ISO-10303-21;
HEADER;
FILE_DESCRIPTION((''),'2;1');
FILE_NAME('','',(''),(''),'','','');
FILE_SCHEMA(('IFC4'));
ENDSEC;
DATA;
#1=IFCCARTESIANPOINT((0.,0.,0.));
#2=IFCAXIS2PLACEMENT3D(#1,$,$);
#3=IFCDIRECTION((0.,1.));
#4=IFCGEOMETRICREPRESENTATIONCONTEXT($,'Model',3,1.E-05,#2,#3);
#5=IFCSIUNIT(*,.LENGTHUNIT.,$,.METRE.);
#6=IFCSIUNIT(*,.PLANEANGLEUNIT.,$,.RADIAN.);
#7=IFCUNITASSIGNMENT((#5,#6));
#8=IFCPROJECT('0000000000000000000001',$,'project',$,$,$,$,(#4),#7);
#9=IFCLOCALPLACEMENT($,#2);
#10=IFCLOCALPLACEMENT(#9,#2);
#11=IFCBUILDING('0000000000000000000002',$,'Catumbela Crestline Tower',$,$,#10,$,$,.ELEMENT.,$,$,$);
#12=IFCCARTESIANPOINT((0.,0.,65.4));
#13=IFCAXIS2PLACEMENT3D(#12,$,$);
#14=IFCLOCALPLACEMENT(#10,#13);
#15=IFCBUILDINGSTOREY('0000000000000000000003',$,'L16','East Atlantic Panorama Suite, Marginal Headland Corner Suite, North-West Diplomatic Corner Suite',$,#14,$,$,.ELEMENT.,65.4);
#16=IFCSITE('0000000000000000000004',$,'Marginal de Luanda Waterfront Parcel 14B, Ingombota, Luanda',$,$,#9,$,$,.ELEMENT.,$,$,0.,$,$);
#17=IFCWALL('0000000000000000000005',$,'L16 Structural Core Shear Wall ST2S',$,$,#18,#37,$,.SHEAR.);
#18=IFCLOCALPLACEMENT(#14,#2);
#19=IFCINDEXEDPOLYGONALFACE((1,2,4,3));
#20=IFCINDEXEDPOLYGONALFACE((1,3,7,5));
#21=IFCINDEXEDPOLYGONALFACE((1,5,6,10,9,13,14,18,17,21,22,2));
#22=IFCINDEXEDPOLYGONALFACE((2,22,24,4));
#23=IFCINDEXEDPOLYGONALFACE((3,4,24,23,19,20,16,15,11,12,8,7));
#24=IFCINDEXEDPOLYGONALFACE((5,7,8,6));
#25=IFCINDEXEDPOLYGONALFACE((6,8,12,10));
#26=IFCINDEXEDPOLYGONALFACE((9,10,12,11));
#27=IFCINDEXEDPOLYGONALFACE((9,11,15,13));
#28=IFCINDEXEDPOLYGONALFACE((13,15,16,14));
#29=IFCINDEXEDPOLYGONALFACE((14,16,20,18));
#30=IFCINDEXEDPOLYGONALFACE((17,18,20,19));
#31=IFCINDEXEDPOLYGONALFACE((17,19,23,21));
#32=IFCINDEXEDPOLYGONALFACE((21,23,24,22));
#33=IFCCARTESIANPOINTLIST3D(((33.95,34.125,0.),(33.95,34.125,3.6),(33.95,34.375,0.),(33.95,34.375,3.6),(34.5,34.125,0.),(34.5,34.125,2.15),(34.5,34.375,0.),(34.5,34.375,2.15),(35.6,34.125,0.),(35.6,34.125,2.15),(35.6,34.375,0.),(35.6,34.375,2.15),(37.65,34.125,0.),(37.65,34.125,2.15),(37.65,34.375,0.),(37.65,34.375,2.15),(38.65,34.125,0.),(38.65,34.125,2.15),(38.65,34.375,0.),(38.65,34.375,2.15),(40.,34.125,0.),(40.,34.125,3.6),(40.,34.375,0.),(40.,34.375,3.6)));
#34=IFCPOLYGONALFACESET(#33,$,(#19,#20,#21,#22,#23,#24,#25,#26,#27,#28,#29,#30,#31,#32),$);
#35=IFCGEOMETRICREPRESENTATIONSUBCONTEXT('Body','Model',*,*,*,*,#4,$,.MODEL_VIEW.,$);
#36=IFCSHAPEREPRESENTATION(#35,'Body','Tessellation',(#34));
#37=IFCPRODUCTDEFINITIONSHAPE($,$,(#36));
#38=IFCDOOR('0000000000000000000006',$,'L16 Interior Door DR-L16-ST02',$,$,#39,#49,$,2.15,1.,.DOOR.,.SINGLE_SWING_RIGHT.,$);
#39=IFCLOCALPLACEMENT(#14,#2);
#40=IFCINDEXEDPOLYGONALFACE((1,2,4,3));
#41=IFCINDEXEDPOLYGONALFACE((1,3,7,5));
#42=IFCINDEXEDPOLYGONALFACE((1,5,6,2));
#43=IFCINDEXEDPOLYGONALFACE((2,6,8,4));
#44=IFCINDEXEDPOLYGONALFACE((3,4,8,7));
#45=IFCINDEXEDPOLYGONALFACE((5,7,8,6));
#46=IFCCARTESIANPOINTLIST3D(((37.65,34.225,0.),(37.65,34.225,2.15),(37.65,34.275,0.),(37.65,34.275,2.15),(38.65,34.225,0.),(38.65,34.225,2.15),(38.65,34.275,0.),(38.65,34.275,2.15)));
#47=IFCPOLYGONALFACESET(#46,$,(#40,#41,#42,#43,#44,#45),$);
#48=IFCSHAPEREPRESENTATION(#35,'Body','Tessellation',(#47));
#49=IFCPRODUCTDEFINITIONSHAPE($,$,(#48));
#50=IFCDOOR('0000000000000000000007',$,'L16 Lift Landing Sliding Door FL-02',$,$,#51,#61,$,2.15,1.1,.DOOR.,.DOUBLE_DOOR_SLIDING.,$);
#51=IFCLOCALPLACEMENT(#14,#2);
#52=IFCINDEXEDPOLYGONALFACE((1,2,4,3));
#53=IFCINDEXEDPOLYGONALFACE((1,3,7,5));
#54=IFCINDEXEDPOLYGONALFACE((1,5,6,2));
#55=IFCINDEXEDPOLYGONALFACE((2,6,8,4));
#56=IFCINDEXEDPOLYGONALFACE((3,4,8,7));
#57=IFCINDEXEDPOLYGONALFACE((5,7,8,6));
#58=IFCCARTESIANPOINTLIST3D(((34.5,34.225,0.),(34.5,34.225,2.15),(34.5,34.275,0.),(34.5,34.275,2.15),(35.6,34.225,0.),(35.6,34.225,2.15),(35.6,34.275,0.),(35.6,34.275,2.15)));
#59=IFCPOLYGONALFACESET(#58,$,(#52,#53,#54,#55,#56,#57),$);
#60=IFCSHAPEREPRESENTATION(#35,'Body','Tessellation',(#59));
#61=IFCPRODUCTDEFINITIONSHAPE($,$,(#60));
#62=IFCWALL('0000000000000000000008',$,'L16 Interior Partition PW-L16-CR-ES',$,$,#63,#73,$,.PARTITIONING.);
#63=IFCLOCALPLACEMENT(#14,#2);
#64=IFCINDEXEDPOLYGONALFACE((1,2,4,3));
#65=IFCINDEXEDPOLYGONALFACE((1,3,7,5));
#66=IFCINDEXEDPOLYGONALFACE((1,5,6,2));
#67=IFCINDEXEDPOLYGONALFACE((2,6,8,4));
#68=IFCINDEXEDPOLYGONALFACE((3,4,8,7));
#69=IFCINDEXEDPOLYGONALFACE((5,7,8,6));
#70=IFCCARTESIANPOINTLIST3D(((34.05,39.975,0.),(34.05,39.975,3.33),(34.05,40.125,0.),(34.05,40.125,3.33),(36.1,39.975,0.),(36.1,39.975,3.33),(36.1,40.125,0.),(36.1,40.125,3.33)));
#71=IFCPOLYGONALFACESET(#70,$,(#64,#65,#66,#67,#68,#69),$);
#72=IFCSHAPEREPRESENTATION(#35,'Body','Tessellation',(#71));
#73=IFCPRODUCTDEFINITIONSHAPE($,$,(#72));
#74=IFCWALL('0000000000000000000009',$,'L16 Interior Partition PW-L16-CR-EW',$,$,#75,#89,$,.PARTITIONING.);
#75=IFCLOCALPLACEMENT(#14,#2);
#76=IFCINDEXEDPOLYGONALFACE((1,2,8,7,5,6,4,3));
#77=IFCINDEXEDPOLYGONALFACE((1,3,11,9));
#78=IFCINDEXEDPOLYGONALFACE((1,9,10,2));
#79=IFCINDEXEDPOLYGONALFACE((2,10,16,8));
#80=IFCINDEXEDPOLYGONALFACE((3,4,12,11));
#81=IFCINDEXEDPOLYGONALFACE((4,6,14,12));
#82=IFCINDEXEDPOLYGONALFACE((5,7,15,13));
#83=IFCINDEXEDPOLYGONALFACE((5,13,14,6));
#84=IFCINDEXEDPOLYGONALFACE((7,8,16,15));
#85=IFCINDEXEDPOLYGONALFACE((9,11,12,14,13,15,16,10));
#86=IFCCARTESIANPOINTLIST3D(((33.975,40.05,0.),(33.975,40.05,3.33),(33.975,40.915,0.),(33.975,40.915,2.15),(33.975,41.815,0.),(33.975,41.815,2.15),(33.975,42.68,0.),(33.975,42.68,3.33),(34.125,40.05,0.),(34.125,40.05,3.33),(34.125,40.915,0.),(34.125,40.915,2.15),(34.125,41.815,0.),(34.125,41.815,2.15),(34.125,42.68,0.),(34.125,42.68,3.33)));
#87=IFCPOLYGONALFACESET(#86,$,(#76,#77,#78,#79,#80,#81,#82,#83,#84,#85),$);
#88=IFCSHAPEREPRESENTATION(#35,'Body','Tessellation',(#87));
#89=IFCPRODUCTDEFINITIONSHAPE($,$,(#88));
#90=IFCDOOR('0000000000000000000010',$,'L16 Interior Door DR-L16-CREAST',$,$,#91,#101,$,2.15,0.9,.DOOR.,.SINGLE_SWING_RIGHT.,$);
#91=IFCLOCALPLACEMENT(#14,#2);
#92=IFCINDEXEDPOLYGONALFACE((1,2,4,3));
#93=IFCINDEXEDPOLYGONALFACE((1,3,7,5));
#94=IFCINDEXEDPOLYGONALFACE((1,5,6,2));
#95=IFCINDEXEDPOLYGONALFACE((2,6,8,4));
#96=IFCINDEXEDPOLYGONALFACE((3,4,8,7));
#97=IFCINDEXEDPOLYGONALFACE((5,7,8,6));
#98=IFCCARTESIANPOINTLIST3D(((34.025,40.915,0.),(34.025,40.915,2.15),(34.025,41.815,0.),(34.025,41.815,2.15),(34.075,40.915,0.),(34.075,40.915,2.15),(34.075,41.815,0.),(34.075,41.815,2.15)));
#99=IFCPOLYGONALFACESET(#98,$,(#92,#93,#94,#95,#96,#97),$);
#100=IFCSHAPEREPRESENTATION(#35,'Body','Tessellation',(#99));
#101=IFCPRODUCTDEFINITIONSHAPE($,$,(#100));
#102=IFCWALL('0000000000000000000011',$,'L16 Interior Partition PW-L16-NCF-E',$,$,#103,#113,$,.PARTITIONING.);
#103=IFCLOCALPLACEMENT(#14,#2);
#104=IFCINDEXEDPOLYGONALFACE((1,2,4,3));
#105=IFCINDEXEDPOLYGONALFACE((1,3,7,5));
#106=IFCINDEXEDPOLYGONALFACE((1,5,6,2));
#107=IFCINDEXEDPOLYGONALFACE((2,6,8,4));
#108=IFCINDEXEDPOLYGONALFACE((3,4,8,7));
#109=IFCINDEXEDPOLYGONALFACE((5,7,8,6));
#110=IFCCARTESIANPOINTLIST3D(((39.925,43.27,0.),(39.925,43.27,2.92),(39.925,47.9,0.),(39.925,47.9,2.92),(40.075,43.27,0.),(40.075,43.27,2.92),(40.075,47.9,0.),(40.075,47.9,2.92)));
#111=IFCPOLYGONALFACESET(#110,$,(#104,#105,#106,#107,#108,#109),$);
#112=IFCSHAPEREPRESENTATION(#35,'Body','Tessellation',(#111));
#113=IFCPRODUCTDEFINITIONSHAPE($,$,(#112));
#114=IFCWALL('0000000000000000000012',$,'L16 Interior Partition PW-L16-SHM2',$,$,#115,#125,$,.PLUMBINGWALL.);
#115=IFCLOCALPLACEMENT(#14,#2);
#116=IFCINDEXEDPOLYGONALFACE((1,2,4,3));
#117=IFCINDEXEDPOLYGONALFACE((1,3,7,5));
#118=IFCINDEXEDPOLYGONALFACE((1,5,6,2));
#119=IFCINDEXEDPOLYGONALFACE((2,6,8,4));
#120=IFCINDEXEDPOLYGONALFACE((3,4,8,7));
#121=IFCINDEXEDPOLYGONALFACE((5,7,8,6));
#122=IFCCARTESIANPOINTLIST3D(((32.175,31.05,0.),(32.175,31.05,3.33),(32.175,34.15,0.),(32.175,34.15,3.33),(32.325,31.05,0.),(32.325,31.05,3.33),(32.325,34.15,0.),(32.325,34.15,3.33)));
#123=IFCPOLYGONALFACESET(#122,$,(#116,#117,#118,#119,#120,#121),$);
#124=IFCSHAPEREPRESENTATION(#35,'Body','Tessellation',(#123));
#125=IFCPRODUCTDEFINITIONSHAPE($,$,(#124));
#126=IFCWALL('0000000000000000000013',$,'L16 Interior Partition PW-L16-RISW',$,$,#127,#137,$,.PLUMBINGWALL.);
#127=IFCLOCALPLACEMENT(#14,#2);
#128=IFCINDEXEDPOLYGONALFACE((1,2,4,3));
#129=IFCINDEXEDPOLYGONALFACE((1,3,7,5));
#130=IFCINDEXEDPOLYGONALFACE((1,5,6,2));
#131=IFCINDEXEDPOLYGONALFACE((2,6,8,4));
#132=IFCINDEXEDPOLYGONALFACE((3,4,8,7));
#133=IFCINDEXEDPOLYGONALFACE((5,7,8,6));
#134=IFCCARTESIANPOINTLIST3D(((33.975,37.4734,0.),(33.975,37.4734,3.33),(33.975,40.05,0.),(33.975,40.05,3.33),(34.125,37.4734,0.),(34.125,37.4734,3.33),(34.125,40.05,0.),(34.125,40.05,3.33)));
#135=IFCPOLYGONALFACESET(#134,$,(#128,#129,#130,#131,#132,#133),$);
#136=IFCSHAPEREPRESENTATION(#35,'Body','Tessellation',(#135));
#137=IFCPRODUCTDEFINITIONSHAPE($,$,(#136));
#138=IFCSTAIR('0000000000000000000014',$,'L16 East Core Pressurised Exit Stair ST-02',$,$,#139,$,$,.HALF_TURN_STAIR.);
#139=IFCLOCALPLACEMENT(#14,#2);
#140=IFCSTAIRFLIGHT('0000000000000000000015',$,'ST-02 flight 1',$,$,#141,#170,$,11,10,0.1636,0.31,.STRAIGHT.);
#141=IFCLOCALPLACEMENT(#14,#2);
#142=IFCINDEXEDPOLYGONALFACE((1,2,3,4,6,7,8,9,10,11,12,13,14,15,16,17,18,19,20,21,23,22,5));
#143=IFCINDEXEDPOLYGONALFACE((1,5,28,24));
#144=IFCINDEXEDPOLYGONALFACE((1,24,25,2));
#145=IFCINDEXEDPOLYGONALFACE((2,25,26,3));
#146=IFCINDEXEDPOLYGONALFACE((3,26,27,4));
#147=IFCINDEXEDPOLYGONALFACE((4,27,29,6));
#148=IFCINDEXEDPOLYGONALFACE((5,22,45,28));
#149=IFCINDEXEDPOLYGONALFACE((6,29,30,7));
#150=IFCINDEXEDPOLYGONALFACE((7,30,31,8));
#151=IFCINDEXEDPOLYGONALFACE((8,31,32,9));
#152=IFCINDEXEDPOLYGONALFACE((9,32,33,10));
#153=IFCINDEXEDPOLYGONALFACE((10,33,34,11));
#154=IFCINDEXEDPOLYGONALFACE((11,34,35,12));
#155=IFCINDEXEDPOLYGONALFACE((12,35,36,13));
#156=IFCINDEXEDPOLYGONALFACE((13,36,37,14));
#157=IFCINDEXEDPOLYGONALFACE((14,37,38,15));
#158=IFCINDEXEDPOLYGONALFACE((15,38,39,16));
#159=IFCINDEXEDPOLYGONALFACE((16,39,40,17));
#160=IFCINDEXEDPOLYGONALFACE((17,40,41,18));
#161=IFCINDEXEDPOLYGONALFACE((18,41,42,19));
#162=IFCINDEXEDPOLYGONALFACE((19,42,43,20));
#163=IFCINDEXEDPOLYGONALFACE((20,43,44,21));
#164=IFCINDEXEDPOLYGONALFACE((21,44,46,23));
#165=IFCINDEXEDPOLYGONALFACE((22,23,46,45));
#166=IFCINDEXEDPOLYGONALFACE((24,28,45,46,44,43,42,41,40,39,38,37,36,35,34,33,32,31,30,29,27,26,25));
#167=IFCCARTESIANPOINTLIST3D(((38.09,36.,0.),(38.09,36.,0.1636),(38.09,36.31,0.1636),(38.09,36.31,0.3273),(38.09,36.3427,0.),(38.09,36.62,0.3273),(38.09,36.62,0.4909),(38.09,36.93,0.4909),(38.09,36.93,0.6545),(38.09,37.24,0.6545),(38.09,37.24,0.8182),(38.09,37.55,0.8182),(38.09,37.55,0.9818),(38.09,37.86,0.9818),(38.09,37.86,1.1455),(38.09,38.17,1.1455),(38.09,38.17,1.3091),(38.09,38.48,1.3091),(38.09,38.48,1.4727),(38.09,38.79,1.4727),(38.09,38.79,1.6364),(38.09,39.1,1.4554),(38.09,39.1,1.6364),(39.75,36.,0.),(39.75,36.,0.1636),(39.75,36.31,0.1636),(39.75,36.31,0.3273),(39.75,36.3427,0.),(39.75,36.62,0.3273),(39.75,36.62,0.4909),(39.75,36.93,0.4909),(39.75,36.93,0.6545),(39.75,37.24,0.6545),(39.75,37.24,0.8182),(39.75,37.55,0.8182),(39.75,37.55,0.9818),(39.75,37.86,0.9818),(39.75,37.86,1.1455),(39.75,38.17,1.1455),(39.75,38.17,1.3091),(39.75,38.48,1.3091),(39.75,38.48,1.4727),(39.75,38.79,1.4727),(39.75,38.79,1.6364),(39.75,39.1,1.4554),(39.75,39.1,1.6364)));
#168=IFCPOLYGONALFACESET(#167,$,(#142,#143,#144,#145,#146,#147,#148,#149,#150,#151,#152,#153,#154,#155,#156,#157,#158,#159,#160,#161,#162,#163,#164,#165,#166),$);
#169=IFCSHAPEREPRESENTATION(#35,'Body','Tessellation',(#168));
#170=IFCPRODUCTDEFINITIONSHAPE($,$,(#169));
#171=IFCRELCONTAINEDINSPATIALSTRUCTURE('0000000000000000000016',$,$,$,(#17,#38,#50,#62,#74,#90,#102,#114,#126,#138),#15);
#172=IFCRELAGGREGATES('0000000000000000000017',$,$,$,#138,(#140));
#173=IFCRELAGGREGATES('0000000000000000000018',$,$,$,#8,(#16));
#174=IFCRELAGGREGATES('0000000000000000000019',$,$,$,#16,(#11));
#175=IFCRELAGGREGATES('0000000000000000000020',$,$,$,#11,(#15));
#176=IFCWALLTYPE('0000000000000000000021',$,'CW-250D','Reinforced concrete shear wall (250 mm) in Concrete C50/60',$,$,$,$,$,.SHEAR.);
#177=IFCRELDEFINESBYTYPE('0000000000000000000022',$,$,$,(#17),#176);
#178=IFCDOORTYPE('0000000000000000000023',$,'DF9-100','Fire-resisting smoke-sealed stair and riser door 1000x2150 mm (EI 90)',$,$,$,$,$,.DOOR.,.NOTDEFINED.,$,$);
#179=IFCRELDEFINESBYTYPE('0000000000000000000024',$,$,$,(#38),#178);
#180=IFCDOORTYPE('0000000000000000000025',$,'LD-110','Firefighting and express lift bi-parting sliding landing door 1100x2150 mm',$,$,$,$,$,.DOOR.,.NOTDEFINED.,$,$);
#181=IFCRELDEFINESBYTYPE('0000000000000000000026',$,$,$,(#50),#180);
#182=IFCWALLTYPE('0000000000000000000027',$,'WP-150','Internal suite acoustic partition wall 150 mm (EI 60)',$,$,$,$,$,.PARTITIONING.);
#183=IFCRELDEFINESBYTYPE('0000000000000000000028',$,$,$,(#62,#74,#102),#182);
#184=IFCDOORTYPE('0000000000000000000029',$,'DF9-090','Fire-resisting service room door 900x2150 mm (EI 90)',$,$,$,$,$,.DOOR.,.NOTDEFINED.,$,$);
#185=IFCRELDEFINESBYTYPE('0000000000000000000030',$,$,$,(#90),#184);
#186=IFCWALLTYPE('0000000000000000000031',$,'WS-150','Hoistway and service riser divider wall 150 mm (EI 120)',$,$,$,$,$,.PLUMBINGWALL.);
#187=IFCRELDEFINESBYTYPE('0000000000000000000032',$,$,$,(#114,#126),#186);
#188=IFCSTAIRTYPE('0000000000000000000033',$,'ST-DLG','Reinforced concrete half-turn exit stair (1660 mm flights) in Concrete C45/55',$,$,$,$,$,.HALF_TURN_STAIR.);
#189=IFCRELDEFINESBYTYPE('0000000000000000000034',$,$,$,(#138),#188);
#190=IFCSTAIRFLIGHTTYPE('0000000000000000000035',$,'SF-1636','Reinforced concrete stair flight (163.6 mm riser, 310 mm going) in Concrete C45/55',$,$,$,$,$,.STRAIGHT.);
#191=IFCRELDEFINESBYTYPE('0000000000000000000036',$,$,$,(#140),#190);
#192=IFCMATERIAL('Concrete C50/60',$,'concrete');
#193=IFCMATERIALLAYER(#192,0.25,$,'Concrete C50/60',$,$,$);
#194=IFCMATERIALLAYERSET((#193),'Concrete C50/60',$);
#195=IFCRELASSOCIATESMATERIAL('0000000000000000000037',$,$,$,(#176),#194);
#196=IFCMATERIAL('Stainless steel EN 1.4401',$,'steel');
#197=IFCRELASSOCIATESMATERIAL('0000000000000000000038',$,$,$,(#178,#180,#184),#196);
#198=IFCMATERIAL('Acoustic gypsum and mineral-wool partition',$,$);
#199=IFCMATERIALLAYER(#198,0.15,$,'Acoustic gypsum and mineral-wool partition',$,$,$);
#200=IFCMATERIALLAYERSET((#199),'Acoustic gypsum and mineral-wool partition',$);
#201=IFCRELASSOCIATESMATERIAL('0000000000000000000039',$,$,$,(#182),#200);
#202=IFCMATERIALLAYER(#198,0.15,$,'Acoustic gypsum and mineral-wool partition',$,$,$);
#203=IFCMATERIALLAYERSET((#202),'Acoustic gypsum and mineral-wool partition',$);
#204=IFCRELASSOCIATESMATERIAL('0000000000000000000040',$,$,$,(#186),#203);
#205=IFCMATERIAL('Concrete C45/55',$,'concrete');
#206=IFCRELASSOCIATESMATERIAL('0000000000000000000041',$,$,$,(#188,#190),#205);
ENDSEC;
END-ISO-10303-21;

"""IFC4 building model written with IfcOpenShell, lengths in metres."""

from ifc_helpers import new_model, si_unit, direction, frame, frame_2d, origin, place, context, subcontext, project, spatial, polyline, rectangle, outline, extrude, material, layer, layer_set, type_object, element, fill, aggregate, save


model = new_model("IFC4")

# Units and contexts
model_context = context("Model", 3, precision=1e-05, world=origin(), true_north=direction((0.0, 1.0)))
body_context = subcontext(model_context, "Body", "Model", "MODEL_VIEW")
ifc_project = project(units=[si_unit("LENGTHUNIT", "METRE"), si_unit("PLANEANGLEUNIT", "RADIAN")], contexts=[model_context])

# Site, building, storey
site_placement = place(None, origin())
site = spatial("IfcSite", under=ifc_project, at=site_placement, Name="Marginal de Luanda Waterfront Parcel 14B, Ingombota, Luanda", CompositionType="ELEMENT", RefElevation=0.0)
building_placement = place(site_placement, origin())
building = spatial("IfcBuilding", under=site, at=building_placement, Name="Catumbela Crestline Tower", CompositionType="ELEMENT")
storey_placement = place(building_placement, frame((0.0, 0.0, 65.4)))
storey = spatial("IfcBuildingStorey", under=building, at=storey_placement, Name="L16", Description="East Atlantic Panorama Suite, Marginal Headland Corner Suite, North-West Diplomatic Corner Suite", CompositionType="ELEMENT", Elevation=65.4)

# Shared definitions
ifc_material_1 = material(Name="Concrete C50/60", Category="concrete")
ifc_layer_1 = layer(ifc_material_1, 0.25, Name="Concrete C50/60")
ifc_layer_set_1 = layer_set([ifc_layer_1], Name="Concrete C50/60")
wall_type_1 = type_object("IfcWallType", Name="CW-250D", Description="Reinforced concrete shear wall (250 mm) in Concrete C50/60", PredefinedType="SHEAR", material=ifc_layer_set_1)

# Wall, openings, doors
wall_1_placement = place(storey_placement, frame((33.95, 34.25, 0.0), z_axis=(0.0, 0.0, 1.0), x_axis=(1.0, 0.0, 0.0)))
wall_1 = element("IfcWall", 1, at=wall_1_placement, inside=storey, type_object=wall_type_1, Name="L16 Structural Core Shear Wall ST2S", PredefinedType="SHEAR", context=body_context, shape_type="SweptSolid", body=[
    extrude(rectangle(XDim=6.05, YDim=0.25, at=frame_2d((3.025, 0.0))), origin(), (0.0, 0.0, 1.0), 3.6),
])
opening_1_placement = place(wall_1_placement, frame((3.7, 0.0, 0.0)))
opening_1 = element("IfcOpeningElement", 2, at=opening_1_placement, cuts=wall_1, PredefinedType="OPENING", context=body_context, shape_type="SweptSolid", body=[
    extrude(rectangle(XDim=1.0, YDim=2.15, at=frame_2d((0.5, 1.075))), frame((0.0, 0.135, 0.0), z_axis=(0.0, -1.0, 0.0), x_axis=(1.0, 0.0, 0.0)), (0.0, 0.0, 1.0), 0.27),
])
opening_2_placement = place(wall_1_placement, frame((0.55, 0.0, 0.0)))
opening_2 = element("IfcOpeningElement", 3, at=opening_2_placement, cuts=wall_1, PredefinedType="OPENING", context=body_context, shape_type="SweptSolid", body=[
    extrude(rectangle(XDim=1.1, YDim=2.15, at=frame_2d((0.55, 1.075))), frame((0.0, 0.135, 0.0), z_axis=(0.0, -1.0, 0.0), x_axis=(1.0, 0.0, 0.0)), (0.0, 0.0, 1.0), 0.27),
])
ifc_material_2 = material(Name="Stainless steel EN 1.4401", Category="steel")
door_type_1 = type_object("IfcDoorType", Name="DF9-100", Description="Fire-resisting smoke-sealed stair and riser door 1000x2150 mm (EI 90)", OperationType="NOTDEFINED", PredefinedType="DOOR", material=ifc_material_2)
door_1_placement = place(opening_1_placement, origin())
door_1 = element("IfcDoor", 4, at=door_1_placement, inside=storey, type_object=door_type_1, Name="L16 Interior Door DR-L16-ST02", OperationType="SINGLE_SWING_RIGHT", OverallHeight=2.15, OverallWidth=1.0, PredefinedType="DOOR", context=body_context, shape_type="SweptSolid", body=[
    extrude(rectangle(XDim=1.0, YDim=2.15, at=frame_2d((0.5, 1.075))), frame((0.0, 0.025, 0.0), z_axis=(0.0, -1.0, 0.0), x_axis=(1.0, 0.0, 0.0)), (0.0, 0.0, 1.0), 0.05),
])
fill(opening_1, door_1)
door_type_2 = type_object("IfcDoorType", Name="LD-110", Description="Firefighting and express lift bi-parting sliding landing door 1100x2150 mm", OperationType="NOTDEFINED", PredefinedType="DOOR", material=ifc_material_2)
door_2_placement = place(opening_2_placement, origin())
door_2 = element("IfcDoor", 5, at=door_2_placement, inside=storey, type_object=door_type_2, Name="L16 Lift Landing Sliding Door FL-02", OperationType="DOUBLE_DOOR_SLIDING", OverallHeight=2.15, OverallWidth=1.1, PredefinedType="DOOR", context=body_context, shape_type="SweptSolid", body=[
    extrude(rectangle(XDim=1.1, YDim=2.15, at=frame_2d((0.55, 1.075))), frame((0.0, 0.025, 0.0), z_axis=(0.0, -1.0, 0.0), x_axis=(1.0, 0.0, 0.0)), (0.0, 0.0, 1.0), 0.05),
])
fill(opening_2, door_2)

# Wall
ifc_material_3 = material(Name="Acoustic gypsum and mineral-wool partition")
ifc_layer_2 = layer(ifc_material_3, 0.15, Name="Acoustic gypsum and mineral-wool partition")
ifc_layer_set_2 = layer_set([ifc_layer_2], Name="Acoustic gypsum and mineral-wool partition")
wall_type_2 = type_object("IfcWallType", Name="WP-150", Description="Internal suite acoustic partition wall 150 mm (EI 60)", PredefinedType="PARTITIONING", material=ifc_layer_set_2)
wall_2_placement = place(storey_placement, frame((34.05, 40.05, 0.0), z_axis=(0.0, 0.0, 1.0), x_axis=(1.0, 0.0, 0.0)))
element("IfcWall", 6, at=wall_2_placement, inside=storey, type_object=wall_type_2, Name="L16 Interior Partition PW-L16-CR-ES", PredefinedType="PARTITIONING", context=body_context, shape_type="SweptSolid", body=[
    extrude(rectangle(XDim=2.05, YDim=0.15, at=frame_2d((1.025, 0.0))), origin(), (0.0, 0.0, 1.0), 3.33),
])

# Wall, opening, door
wall_3_placement = place(storey_placement, frame((34.05, 40.05, 0.0), z_axis=(0.0, 0.0, 1.0), x_axis=(0.0, 1.0, 0.0)))
wall_3 = element("IfcWall", 7, at=wall_3_placement, inside=storey, type_object=wall_type_2, Name="L16 Interior Partition PW-L16-CR-EW", PredefinedType="PARTITIONING", context=body_context, shape_type="SweptSolid", body=[
    extrude(rectangle(XDim=2.63, YDim=0.15, at=frame_2d((1.315, 0.0))), origin(), (0.0, 0.0, 1.0), 3.33),
])
opening_3_placement = place(wall_3_placement, frame((0.865, 0.0, 0.0)))
opening_3 = element("IfcOpeningElement", 8, at=opening_3_placement, cuts=wall_3, PredefinedType="OPENING", context=body_context, shape_type="SweptSolid", body=[
    extrude(rectangle(XDim=0.9, YDim=2.15, at=frame_2d((0.45, 1.075))), frame((0.0, 0.085, 0.0), z_axis=(0.0, -1.0, 0.0), x_axis=(1.0, 0.0, 0.0)), (0.0, 0.0, 1.0), 0.17),
])
door_type_3 = type_object("IfcDoorType", Name="DF9-090", Description="Fire-resisting service room door 900x2150 mm (EI 90)", OperationType="NOTDEFINED", PredefinedType="DOOR", material=ifc_material_2)
door_3_placement = place(opening_3_placement, origin())
door_3 = element("IfcDoor", 9, at=door_3_placement, inside=storey, type_object=door_type_3, Name="L16 Interior Door DR-L16-CREAST", OperationType="SINGLE_SWING_RIGHT", OverallHeight=2.15, OverallWidth=0.9, PredefinedType="DOOR", context=body_context, shape_type="SweptSolid", body=[
    extrude(rectangle(XDim=0.9, YDim=2.15, at=frame_2d((0.45, 1.075))), frame((0.0, 0.025, 0.0), z_axis=(0.0, -1.0, 0.0), x_axis=(1.0, 0.0, 0.0)), (0.0, 0.0, 1.0), 0.05),
])
fill(opening_3, door_3)

# Walls
wall_4_placement = place(storey_placement, frame((40.0, 43.27, 0.0), z_axis=(0.0, 0.0, 1.0), x_axis=(0.0, 1.0, 0.0)))
element("IfcWall", 10, at=wall_4_placement, inside=storey, type_object=wall_type_2, Name="L16 Interior Partition PW-L16-NCF-E", PredefinedType="PARTITIONING", context=body_context, shape_type="SweptSolid", body=[
    extrude(rectangle(XDim=4.63, YDim=0.15, at=frame_2d((2.315, 0.0))), origin(), (0.0, 0.0, 1.0), 2.92),
])
ifc_layer_3 = layer(ifc_material_3, 0.15, Name="Acoustic gypsum and mineral-wool partition")
ifc_layer_set_3 = layer_set([ifc_layer_3], Name="Acoustic gypsum and mineral-wool partition")
wall_type_3 = type_object("IfcWallType", Name="WS-150", Description="Hoistway and service riser divider wall 150 mm (EI 120)", PredefinedType="PLUMBINGWALL", material=ifc_layer_set_3)
wall_5_placement = place(storey_placement, frame((32.25, 31.05, 0.0), z_axis=(0.0, 0.0, 1.0), x_axis=(0.0, 1.0, 0.0)))
element("IfcWall", 11, at=wall_5_placement, inside=storey, type_object=wall_type_3, Name="L16 Interior Partition PW-L16-SHM2", PredefinedType="PLUMBINGWALL", context=body_context, shape_type="SweptSolid", body=[
    extrude(rectangle(XDim=3.1, YDim=0.15, at=frame_2d((1.55, 0.0))), origin(), (0.0, 0.0, 1.0), 3.33),
])
wall_6_placement = place(storey_placement, frame((34.05, 37.4734, 0.0), z_axis=(0.0, 0.0, 1.0), x_axis=(0.0, 1.0, 0.0)))
element("IfcWall", 12, at=wall_6_placement, inside=storey, type_object=wall_type_3, Name="L16 Interior Partition PW-L16-RISW", PredefinedType="PLUMBINGWALL", context=body_context, shape_type="SweptSolid", body=[
    extrude(rectangle(XDim=2.5766, YDim=0.15, at=frame_2d((1.2883, 0.0))), origin(), (0.0, 0.0, 1.0), 3.33),
])

# Stair, stair flight
ifc_material_4 = material(Name="Concrete C45/55", Category="concrete")
stair_type = type_object("IfcStairType", Name="ST-DLG", Description="Reinforced concrete half-turn exit stair (1660 mm flights) in Concrete C45/55", PredefinedType="HALF_TURN_STAIR", material=ifc_material_4)
stair_placement = place(storey_placement, origin())
stair = element("IfcStair", 13, at=stair_placement, inside=storey, type_object=stair_type, Name="L16 East Core Pressurised Exit Stair ST-02", PredefinedType="HALF_TURN_STAIR")
stair_flight_type = type_object("IfcStairFlightType", Name="SF-1636", Description="Reinforced concrete stair flight (163.6 mm riser, 310 mm going) in Concrete C45/55", PredefinedType="STRAIGHT", material=ifc_material_4)
stair_flight_1_placement = place(storey_placement, frame((38.92, 36.0, 0.0), z_axis=(0.0, 0.0, 1.0), x_axis=(0.0, 1.0, 0.0)))
stair_flight_1 = element("IfcStairFlight", 14, at=stair_flight_1_placement, type_object=stair_flight_type, Name="ST-02 flight 1", NumberOfRisers=11, NumberOfTreads=10, PredefinedType="STRAIGHT", RiserHeight=0.1636, TreadLength=0.31, context=body_context, shape_type="SweptSolid", body=[
    extrude(outline(polyline([(0.0, 0.0), (0.0, 0.1636), (0.31, 0.1636), (0.31, 0.3273), (0.62, 0.3273), (0.62, 0.4909), (0.93, 0.4909), (0.93, 0.6545), (1.24, 0.6545), (1.24, 0.8182), (1.55, 0.8182), (1.55, 0.9818), (1.86, 0.9818), (1.86, 1.1455), (2.17, 1.1455), (2.17, 1.3091), (2.48, 1.3091), (2.48, 1.4727), (2.79, 1.4727), (2.79, 1.6364), (3.1, 1.6364), (3.1, 1.8), (3.1, 1.4554), (0.3427, 0.0), (0.0, 0.0)])), frame((0.0, 0.83, 0.0), z_axis=(0.0, -1.0, 0.0), x_axis=(1.0, 0.0, 0.0)), (0.0, 0.0, 1.0), 1.66),
])
aggregate(stair, [stair_flight_1])

save(model, "model.ifc")
